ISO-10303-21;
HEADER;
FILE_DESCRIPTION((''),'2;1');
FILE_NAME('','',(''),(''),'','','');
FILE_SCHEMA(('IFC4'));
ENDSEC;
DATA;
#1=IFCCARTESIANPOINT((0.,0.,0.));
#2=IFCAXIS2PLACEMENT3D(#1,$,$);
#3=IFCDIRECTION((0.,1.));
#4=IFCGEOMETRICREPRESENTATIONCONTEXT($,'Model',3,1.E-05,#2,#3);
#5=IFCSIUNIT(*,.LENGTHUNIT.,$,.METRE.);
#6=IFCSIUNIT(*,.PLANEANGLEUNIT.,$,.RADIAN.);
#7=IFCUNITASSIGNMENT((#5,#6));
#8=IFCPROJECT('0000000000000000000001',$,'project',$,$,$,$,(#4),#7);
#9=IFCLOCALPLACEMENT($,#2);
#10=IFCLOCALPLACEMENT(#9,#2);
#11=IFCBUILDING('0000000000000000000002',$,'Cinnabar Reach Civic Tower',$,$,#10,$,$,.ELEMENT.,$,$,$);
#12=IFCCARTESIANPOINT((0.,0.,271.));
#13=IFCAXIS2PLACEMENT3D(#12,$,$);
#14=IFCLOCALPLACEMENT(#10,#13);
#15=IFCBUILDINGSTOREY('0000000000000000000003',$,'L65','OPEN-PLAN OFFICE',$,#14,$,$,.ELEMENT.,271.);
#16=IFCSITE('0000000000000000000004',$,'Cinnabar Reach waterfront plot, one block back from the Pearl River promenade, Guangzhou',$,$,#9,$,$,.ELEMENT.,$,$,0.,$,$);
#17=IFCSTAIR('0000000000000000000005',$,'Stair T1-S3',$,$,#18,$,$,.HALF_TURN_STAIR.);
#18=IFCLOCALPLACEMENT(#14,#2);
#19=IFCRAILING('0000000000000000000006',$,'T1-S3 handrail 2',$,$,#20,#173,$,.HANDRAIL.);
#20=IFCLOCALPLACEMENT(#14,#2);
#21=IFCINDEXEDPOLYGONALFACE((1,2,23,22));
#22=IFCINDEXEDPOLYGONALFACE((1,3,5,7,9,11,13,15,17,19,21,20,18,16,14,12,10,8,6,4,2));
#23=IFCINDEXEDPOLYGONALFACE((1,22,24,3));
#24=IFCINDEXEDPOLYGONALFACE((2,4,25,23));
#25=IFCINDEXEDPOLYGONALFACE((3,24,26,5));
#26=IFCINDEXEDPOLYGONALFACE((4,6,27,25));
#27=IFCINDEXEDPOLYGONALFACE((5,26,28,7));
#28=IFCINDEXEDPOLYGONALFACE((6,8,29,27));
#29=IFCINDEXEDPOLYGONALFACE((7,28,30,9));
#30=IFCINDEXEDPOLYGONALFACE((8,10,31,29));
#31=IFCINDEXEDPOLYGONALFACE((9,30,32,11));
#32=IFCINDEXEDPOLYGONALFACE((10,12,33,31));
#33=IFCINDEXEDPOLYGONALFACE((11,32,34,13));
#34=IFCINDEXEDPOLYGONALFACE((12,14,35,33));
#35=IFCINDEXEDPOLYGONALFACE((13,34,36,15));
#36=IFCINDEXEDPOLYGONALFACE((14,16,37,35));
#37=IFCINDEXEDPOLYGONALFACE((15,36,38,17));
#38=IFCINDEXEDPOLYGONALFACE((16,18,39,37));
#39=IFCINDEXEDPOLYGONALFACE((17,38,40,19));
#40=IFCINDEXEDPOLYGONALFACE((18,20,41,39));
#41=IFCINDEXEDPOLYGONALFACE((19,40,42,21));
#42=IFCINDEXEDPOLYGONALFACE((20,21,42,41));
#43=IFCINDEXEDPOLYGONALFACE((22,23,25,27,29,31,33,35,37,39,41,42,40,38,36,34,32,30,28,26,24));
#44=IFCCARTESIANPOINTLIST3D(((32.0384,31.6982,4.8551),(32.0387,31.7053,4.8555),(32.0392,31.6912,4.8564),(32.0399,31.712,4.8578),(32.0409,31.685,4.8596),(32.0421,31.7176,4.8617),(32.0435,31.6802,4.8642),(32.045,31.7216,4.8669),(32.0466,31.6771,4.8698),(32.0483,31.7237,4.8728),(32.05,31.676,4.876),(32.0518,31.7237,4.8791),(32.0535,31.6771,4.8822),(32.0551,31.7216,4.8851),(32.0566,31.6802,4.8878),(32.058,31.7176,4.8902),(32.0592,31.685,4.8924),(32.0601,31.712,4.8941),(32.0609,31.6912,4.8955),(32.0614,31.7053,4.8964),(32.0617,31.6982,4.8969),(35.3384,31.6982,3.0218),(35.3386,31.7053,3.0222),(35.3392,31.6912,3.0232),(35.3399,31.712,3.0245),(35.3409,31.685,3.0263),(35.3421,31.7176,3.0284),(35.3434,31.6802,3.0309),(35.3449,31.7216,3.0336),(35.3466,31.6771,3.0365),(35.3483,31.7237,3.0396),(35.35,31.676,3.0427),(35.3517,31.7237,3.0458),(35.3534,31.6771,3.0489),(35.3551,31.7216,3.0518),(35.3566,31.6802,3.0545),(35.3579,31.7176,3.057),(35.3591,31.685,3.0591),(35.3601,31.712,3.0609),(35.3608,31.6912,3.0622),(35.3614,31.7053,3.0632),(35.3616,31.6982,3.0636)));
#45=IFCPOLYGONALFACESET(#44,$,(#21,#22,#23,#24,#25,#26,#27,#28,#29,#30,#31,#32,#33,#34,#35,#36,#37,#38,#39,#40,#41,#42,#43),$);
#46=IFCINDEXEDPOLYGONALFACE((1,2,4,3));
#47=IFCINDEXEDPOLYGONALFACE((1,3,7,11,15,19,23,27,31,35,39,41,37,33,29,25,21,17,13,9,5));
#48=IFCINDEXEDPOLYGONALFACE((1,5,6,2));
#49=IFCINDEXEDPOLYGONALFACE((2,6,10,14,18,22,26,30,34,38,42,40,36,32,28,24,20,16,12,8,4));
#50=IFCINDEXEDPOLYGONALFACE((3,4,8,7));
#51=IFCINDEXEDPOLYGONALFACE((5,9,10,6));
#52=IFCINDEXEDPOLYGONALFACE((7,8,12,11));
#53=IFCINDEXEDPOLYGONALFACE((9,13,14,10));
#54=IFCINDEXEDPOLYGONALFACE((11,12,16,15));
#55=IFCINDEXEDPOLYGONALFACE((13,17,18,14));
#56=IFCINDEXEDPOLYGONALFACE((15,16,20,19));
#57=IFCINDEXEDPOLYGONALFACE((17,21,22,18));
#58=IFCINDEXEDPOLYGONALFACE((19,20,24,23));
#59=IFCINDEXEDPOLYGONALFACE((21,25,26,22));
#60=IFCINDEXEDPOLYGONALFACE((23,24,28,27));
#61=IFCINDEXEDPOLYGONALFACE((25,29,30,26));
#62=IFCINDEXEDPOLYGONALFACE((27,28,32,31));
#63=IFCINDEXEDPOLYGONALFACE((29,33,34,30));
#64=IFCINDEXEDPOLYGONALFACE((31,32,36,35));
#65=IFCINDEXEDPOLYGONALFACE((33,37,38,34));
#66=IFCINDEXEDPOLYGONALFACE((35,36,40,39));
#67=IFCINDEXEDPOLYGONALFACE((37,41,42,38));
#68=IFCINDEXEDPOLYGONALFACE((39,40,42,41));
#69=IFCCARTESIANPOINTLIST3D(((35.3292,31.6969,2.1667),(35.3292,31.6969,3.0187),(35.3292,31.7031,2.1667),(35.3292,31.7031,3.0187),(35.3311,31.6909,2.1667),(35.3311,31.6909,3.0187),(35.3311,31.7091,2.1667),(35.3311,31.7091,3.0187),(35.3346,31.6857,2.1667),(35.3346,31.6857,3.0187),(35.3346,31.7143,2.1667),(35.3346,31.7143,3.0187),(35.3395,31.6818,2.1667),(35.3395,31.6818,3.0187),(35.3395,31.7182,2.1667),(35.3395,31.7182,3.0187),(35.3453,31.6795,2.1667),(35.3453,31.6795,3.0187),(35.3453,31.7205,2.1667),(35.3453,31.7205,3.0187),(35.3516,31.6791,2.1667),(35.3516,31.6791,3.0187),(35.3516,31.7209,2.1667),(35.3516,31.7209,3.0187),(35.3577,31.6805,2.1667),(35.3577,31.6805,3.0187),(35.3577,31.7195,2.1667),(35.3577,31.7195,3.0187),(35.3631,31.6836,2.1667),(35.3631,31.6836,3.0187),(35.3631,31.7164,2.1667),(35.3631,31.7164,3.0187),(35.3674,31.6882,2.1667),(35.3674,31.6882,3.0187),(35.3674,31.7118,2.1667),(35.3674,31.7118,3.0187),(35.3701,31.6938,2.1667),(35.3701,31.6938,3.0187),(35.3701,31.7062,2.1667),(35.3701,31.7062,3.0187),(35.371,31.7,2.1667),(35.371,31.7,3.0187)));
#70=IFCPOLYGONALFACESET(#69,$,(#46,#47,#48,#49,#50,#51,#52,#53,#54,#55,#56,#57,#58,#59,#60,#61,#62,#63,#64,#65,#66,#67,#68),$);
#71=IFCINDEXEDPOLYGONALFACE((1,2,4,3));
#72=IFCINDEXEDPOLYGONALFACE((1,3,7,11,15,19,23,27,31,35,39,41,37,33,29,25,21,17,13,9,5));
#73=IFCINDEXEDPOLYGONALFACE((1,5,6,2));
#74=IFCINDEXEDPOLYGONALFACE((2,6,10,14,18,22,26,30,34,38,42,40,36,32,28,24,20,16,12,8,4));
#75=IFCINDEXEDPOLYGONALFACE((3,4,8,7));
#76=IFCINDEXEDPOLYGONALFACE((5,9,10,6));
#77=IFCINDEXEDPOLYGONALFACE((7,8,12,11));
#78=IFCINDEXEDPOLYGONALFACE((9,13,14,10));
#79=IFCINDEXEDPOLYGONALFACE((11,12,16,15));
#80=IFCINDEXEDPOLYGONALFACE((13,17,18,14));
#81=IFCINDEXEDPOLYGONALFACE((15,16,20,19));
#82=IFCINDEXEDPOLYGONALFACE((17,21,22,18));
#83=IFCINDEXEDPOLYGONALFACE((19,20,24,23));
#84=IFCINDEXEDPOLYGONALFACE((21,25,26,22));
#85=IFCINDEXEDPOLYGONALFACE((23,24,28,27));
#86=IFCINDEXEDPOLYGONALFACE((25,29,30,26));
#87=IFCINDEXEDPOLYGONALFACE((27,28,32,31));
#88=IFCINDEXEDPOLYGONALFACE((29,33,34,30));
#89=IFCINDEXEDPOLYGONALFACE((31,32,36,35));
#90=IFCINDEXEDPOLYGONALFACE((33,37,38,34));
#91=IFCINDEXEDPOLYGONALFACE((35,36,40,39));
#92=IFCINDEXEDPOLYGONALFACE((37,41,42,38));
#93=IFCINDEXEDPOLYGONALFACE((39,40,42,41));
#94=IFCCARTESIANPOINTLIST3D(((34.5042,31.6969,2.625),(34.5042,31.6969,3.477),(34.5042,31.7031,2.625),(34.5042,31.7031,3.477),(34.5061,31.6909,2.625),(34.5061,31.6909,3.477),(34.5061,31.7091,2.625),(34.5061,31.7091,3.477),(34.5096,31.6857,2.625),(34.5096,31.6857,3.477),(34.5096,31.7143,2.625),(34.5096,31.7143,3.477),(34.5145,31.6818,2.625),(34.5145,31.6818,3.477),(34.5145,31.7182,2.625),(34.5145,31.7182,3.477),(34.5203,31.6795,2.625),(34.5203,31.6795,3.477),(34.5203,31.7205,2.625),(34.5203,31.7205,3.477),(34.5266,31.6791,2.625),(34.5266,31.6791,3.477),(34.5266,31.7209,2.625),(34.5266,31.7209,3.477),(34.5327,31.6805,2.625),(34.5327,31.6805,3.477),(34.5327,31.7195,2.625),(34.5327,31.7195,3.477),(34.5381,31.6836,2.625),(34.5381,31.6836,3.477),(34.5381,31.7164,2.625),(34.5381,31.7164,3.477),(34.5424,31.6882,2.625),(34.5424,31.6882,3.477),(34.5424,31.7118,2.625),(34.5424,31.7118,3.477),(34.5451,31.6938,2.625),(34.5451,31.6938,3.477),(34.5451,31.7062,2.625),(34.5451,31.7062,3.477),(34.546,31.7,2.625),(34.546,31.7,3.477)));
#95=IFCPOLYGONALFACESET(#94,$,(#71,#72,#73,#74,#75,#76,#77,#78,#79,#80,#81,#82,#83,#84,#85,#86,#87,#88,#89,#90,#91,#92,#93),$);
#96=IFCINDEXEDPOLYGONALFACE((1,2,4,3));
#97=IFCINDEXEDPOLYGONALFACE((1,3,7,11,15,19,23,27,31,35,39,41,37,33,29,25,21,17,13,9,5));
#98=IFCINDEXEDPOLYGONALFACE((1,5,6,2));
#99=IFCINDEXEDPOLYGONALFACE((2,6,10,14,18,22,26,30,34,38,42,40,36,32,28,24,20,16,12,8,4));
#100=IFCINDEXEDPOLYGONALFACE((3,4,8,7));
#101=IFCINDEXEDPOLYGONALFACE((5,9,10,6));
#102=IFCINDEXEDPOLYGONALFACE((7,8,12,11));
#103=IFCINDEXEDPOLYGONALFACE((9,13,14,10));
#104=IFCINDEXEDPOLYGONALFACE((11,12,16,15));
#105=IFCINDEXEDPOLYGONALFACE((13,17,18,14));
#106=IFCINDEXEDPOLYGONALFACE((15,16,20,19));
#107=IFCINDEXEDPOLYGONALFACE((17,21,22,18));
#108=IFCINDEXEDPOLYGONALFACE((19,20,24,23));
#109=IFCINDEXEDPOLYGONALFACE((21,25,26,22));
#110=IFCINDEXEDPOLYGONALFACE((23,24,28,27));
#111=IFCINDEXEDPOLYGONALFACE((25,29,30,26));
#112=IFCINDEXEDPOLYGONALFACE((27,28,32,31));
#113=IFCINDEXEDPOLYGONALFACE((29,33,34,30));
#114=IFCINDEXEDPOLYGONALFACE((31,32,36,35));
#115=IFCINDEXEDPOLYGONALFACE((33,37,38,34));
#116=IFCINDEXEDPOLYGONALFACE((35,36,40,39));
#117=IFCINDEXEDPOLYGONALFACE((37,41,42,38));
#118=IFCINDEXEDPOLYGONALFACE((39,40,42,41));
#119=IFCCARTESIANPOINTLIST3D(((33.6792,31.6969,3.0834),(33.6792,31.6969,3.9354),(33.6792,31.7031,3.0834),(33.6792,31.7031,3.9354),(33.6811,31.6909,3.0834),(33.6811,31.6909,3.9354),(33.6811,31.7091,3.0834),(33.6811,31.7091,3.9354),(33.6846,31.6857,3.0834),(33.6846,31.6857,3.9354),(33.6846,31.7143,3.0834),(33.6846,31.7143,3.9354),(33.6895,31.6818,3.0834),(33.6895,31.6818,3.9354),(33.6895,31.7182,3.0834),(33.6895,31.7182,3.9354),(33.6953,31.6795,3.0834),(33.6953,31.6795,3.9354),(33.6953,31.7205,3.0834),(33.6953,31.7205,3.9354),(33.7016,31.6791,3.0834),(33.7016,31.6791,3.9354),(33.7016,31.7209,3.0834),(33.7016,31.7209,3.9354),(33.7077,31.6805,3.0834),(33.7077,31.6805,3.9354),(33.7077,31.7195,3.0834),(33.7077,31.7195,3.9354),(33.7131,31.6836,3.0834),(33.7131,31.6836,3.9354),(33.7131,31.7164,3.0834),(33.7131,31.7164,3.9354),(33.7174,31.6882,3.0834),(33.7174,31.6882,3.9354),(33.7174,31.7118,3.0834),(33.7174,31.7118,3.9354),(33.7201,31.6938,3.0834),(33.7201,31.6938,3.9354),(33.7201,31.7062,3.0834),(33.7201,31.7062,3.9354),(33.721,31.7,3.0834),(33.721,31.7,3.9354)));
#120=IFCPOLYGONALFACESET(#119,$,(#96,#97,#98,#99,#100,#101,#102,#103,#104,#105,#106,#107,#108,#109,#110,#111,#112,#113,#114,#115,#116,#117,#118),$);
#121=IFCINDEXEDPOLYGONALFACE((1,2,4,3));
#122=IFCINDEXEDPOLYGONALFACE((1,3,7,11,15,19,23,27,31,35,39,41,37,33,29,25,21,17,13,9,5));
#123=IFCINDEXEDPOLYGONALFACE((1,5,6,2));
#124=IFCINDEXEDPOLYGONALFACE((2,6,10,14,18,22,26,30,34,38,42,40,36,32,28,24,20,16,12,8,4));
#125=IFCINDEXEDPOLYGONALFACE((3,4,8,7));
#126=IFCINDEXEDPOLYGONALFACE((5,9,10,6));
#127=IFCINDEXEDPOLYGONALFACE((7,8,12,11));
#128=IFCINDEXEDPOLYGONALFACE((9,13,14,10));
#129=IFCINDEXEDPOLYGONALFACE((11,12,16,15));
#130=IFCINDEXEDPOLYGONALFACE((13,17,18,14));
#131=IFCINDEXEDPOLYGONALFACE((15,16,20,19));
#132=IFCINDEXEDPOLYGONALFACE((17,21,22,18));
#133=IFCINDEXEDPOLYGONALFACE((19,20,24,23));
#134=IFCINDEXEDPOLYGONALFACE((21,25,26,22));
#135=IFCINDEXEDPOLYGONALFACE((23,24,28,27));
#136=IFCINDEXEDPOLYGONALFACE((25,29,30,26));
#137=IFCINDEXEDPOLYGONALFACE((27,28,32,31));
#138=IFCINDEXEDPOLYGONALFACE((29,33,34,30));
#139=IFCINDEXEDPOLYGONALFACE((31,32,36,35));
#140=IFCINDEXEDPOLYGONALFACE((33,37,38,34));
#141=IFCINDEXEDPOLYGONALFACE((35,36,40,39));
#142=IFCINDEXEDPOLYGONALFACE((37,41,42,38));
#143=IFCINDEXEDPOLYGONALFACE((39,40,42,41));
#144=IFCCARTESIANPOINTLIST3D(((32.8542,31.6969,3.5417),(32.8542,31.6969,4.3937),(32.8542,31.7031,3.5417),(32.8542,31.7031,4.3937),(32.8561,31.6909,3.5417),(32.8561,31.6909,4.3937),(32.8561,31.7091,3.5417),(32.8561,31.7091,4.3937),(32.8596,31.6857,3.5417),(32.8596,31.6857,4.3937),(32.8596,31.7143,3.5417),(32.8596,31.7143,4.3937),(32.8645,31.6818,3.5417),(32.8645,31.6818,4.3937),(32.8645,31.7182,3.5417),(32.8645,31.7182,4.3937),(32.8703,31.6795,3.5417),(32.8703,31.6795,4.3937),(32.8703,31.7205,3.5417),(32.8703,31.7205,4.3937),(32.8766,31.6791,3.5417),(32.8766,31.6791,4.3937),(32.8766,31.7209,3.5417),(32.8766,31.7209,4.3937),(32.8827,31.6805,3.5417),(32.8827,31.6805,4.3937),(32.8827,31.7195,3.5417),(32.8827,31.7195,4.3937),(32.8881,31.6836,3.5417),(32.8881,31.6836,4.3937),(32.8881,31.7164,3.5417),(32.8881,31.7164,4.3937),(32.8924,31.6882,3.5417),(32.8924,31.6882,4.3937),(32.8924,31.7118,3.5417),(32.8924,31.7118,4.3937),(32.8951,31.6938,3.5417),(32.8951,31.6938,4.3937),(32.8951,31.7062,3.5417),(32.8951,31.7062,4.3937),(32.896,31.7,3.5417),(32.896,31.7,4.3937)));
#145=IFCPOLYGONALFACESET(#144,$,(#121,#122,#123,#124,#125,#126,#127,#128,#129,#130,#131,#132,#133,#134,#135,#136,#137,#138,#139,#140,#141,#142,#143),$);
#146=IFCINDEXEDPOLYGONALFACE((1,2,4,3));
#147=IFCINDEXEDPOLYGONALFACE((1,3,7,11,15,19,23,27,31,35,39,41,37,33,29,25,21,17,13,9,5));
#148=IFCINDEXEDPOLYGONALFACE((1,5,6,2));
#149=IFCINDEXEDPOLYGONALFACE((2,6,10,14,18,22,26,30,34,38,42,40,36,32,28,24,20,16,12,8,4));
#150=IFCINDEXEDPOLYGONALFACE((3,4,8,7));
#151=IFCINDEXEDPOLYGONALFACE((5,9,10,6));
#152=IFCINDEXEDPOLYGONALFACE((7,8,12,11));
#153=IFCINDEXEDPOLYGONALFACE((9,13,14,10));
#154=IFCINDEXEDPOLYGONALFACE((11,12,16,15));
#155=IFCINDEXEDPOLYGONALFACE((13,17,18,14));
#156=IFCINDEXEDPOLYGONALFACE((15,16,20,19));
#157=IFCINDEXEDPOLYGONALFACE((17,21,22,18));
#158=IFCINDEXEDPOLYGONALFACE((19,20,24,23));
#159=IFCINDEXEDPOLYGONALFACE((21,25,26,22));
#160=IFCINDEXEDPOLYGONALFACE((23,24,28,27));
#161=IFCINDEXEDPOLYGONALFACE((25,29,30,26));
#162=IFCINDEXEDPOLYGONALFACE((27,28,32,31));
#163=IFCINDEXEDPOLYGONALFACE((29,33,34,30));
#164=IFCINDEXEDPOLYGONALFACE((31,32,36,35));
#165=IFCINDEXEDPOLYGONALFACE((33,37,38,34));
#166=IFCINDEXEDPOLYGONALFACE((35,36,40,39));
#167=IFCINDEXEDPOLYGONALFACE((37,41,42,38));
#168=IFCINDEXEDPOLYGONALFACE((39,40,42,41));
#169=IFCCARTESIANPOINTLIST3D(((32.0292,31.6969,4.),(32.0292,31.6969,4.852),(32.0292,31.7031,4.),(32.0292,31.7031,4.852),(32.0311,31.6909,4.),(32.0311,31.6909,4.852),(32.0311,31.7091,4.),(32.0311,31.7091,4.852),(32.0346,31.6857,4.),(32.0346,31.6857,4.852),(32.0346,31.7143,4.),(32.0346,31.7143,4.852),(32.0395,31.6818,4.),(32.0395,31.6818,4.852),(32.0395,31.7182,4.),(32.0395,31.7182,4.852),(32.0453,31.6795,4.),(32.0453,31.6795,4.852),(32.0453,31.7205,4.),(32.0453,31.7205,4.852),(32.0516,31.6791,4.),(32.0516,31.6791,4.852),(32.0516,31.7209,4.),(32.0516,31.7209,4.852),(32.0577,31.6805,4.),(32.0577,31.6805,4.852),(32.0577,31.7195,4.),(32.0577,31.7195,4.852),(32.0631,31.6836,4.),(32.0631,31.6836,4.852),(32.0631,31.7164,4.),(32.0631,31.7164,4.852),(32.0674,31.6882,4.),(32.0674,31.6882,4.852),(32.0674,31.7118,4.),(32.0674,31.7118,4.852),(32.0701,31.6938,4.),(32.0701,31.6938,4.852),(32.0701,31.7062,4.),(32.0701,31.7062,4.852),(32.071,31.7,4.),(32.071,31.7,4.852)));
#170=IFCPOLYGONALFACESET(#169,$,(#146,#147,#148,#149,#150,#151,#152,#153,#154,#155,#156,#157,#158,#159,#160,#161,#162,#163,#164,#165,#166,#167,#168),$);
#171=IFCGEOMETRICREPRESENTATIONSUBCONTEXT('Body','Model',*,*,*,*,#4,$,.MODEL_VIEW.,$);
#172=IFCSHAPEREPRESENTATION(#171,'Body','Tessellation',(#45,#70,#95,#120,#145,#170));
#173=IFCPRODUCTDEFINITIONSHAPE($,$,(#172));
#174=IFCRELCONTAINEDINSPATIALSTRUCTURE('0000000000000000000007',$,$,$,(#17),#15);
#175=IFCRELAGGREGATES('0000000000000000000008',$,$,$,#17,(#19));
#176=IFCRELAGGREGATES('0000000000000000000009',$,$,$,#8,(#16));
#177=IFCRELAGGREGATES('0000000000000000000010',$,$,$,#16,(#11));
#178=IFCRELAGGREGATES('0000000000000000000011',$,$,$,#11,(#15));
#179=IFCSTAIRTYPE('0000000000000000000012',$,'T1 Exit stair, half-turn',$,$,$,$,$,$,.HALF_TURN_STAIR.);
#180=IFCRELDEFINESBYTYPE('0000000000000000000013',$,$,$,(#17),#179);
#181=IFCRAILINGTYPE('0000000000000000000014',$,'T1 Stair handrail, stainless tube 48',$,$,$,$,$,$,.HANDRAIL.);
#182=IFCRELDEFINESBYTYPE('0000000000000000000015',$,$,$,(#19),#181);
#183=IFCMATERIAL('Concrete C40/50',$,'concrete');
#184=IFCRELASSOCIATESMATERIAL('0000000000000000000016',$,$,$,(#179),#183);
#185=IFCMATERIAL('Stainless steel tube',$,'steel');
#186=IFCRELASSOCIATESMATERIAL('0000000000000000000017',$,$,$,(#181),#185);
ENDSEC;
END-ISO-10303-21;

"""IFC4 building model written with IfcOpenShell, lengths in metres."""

from ifc_helpers import new_model, si_unit, direction, frame, origin, origin_2d, place, context, subcontext, project, spatial, circle, extrude, material, type_object, element, aggregate, save


model = new_model("IFC4")

# Units and contexts
model_context = context("Model", 3, precision=1e-05, world=origin(), true_north=direction((0.0, 1.0)))
body_context = subcontext(model_context, "Body", "Model", "MODEL_VIEW")
ifc_project = project(units=[si_unit("LENGTHUNIT", "METRE"), si_unit("PLANEANGLEUNIT", "RADIAN")], contexts=[model_context])

# Site, building, storey
site_placement = place(None, origin())
site = spatial("IfcSite", under=ifc_project, at=site_placement, Name="Cinnabar Reach waterfront plot, one block back from the Pearl River promenade, Guangzhou", CompositionType="ELEMENT", RefElevation=0.0)
building_placement = place(site_placement, origin())
building = spatial("IfcBuilding", under=site, at=building_placement, Name="Cinnabar Reach Civic Tower", CompositionType="ELEMENT")
storey_placement = place(building_placement, frame((0.0, 0.0, 271.0)))
storey = spatial("IfcBuildingStorey", under=building, at=storey_placement, Name="L65", Description="OPEN-PLAN OFFICE", CompositionType="ELEMENT", Elevation=271.0)

# Stair, railing
ifc_material_1 = material(Name="Concrete C40/50", Category="concrete")
stair_type = type_object("IfcStairType", Name="T1 Exit stair, half-turn", PredefinedType="HALF_TURN_STAIR", material=ifc_material_1)
stair_placement = place(storey_placement, origin())
stair = element("IfcStair", 1, at=stair_placement, inside=storey, type_object=stair_type, Name="Stair T1-S3", PredefinedType="HALF_TURN_STAIR")
ifc_material_2 = material(Name="Stainless steel tube", Category="steel")
railing_type = type_object("IfcRailingType", Name="T1 Stair handrail, stainless tube 48", PredefinedType="HANDRAIL", material=ifc_material_2)
railing_1_placement = place(storey_placement, frame((35.35, 31.7, 2.1667)))
railing_1 = element("IfcRailing", 2, at=railing_1_placement, type_object=railing_type, Name="T1-S3 handrail 2", PredefinedType="HANDRAIL", context=body_context, shape_type="SweptSolid", body=[
    extrude(circle(Radius=0.024, at=origin_2d()), frame((0.0, 0.0, 0.876), z_axis=(-0.874161, 0.0, 0.485636), x_axis=(0.0, -1.0, 0.0)), (0.0, 0.0, 1.0), 3.775),
    extrude(circle(Radius=0.021, at=origin_2d()), origin(), (0.0, 0.0, 1.0), 0.852),
    extrude(circle(Radius=0.021, at=origin_2d()), frame((-0.825, 0.0, 0.4583)), (0.0, 0.0, 1.0), 0.852),
    extrude(circle(Radius=0.021, at=origin_2d()), frame((-1.65, 0.0, 0.9167)), (0.0, 0.0, 1.0), 0.852),
    extrude(circle(Radius=0.021, at=origin_2d()), frame((-2.475, 0.0, 1.375)), (0.0, 0.0, 1.0), 0.852),
    extrude(circle(Radius=0.021, at=origin_2d()), frame((-3.3, 0.0, 1.8333)), (0.0, 0.0, 1.0), 0.852),
])
aggregate(stair, [railing_1])

save(model, "model.ifc")
